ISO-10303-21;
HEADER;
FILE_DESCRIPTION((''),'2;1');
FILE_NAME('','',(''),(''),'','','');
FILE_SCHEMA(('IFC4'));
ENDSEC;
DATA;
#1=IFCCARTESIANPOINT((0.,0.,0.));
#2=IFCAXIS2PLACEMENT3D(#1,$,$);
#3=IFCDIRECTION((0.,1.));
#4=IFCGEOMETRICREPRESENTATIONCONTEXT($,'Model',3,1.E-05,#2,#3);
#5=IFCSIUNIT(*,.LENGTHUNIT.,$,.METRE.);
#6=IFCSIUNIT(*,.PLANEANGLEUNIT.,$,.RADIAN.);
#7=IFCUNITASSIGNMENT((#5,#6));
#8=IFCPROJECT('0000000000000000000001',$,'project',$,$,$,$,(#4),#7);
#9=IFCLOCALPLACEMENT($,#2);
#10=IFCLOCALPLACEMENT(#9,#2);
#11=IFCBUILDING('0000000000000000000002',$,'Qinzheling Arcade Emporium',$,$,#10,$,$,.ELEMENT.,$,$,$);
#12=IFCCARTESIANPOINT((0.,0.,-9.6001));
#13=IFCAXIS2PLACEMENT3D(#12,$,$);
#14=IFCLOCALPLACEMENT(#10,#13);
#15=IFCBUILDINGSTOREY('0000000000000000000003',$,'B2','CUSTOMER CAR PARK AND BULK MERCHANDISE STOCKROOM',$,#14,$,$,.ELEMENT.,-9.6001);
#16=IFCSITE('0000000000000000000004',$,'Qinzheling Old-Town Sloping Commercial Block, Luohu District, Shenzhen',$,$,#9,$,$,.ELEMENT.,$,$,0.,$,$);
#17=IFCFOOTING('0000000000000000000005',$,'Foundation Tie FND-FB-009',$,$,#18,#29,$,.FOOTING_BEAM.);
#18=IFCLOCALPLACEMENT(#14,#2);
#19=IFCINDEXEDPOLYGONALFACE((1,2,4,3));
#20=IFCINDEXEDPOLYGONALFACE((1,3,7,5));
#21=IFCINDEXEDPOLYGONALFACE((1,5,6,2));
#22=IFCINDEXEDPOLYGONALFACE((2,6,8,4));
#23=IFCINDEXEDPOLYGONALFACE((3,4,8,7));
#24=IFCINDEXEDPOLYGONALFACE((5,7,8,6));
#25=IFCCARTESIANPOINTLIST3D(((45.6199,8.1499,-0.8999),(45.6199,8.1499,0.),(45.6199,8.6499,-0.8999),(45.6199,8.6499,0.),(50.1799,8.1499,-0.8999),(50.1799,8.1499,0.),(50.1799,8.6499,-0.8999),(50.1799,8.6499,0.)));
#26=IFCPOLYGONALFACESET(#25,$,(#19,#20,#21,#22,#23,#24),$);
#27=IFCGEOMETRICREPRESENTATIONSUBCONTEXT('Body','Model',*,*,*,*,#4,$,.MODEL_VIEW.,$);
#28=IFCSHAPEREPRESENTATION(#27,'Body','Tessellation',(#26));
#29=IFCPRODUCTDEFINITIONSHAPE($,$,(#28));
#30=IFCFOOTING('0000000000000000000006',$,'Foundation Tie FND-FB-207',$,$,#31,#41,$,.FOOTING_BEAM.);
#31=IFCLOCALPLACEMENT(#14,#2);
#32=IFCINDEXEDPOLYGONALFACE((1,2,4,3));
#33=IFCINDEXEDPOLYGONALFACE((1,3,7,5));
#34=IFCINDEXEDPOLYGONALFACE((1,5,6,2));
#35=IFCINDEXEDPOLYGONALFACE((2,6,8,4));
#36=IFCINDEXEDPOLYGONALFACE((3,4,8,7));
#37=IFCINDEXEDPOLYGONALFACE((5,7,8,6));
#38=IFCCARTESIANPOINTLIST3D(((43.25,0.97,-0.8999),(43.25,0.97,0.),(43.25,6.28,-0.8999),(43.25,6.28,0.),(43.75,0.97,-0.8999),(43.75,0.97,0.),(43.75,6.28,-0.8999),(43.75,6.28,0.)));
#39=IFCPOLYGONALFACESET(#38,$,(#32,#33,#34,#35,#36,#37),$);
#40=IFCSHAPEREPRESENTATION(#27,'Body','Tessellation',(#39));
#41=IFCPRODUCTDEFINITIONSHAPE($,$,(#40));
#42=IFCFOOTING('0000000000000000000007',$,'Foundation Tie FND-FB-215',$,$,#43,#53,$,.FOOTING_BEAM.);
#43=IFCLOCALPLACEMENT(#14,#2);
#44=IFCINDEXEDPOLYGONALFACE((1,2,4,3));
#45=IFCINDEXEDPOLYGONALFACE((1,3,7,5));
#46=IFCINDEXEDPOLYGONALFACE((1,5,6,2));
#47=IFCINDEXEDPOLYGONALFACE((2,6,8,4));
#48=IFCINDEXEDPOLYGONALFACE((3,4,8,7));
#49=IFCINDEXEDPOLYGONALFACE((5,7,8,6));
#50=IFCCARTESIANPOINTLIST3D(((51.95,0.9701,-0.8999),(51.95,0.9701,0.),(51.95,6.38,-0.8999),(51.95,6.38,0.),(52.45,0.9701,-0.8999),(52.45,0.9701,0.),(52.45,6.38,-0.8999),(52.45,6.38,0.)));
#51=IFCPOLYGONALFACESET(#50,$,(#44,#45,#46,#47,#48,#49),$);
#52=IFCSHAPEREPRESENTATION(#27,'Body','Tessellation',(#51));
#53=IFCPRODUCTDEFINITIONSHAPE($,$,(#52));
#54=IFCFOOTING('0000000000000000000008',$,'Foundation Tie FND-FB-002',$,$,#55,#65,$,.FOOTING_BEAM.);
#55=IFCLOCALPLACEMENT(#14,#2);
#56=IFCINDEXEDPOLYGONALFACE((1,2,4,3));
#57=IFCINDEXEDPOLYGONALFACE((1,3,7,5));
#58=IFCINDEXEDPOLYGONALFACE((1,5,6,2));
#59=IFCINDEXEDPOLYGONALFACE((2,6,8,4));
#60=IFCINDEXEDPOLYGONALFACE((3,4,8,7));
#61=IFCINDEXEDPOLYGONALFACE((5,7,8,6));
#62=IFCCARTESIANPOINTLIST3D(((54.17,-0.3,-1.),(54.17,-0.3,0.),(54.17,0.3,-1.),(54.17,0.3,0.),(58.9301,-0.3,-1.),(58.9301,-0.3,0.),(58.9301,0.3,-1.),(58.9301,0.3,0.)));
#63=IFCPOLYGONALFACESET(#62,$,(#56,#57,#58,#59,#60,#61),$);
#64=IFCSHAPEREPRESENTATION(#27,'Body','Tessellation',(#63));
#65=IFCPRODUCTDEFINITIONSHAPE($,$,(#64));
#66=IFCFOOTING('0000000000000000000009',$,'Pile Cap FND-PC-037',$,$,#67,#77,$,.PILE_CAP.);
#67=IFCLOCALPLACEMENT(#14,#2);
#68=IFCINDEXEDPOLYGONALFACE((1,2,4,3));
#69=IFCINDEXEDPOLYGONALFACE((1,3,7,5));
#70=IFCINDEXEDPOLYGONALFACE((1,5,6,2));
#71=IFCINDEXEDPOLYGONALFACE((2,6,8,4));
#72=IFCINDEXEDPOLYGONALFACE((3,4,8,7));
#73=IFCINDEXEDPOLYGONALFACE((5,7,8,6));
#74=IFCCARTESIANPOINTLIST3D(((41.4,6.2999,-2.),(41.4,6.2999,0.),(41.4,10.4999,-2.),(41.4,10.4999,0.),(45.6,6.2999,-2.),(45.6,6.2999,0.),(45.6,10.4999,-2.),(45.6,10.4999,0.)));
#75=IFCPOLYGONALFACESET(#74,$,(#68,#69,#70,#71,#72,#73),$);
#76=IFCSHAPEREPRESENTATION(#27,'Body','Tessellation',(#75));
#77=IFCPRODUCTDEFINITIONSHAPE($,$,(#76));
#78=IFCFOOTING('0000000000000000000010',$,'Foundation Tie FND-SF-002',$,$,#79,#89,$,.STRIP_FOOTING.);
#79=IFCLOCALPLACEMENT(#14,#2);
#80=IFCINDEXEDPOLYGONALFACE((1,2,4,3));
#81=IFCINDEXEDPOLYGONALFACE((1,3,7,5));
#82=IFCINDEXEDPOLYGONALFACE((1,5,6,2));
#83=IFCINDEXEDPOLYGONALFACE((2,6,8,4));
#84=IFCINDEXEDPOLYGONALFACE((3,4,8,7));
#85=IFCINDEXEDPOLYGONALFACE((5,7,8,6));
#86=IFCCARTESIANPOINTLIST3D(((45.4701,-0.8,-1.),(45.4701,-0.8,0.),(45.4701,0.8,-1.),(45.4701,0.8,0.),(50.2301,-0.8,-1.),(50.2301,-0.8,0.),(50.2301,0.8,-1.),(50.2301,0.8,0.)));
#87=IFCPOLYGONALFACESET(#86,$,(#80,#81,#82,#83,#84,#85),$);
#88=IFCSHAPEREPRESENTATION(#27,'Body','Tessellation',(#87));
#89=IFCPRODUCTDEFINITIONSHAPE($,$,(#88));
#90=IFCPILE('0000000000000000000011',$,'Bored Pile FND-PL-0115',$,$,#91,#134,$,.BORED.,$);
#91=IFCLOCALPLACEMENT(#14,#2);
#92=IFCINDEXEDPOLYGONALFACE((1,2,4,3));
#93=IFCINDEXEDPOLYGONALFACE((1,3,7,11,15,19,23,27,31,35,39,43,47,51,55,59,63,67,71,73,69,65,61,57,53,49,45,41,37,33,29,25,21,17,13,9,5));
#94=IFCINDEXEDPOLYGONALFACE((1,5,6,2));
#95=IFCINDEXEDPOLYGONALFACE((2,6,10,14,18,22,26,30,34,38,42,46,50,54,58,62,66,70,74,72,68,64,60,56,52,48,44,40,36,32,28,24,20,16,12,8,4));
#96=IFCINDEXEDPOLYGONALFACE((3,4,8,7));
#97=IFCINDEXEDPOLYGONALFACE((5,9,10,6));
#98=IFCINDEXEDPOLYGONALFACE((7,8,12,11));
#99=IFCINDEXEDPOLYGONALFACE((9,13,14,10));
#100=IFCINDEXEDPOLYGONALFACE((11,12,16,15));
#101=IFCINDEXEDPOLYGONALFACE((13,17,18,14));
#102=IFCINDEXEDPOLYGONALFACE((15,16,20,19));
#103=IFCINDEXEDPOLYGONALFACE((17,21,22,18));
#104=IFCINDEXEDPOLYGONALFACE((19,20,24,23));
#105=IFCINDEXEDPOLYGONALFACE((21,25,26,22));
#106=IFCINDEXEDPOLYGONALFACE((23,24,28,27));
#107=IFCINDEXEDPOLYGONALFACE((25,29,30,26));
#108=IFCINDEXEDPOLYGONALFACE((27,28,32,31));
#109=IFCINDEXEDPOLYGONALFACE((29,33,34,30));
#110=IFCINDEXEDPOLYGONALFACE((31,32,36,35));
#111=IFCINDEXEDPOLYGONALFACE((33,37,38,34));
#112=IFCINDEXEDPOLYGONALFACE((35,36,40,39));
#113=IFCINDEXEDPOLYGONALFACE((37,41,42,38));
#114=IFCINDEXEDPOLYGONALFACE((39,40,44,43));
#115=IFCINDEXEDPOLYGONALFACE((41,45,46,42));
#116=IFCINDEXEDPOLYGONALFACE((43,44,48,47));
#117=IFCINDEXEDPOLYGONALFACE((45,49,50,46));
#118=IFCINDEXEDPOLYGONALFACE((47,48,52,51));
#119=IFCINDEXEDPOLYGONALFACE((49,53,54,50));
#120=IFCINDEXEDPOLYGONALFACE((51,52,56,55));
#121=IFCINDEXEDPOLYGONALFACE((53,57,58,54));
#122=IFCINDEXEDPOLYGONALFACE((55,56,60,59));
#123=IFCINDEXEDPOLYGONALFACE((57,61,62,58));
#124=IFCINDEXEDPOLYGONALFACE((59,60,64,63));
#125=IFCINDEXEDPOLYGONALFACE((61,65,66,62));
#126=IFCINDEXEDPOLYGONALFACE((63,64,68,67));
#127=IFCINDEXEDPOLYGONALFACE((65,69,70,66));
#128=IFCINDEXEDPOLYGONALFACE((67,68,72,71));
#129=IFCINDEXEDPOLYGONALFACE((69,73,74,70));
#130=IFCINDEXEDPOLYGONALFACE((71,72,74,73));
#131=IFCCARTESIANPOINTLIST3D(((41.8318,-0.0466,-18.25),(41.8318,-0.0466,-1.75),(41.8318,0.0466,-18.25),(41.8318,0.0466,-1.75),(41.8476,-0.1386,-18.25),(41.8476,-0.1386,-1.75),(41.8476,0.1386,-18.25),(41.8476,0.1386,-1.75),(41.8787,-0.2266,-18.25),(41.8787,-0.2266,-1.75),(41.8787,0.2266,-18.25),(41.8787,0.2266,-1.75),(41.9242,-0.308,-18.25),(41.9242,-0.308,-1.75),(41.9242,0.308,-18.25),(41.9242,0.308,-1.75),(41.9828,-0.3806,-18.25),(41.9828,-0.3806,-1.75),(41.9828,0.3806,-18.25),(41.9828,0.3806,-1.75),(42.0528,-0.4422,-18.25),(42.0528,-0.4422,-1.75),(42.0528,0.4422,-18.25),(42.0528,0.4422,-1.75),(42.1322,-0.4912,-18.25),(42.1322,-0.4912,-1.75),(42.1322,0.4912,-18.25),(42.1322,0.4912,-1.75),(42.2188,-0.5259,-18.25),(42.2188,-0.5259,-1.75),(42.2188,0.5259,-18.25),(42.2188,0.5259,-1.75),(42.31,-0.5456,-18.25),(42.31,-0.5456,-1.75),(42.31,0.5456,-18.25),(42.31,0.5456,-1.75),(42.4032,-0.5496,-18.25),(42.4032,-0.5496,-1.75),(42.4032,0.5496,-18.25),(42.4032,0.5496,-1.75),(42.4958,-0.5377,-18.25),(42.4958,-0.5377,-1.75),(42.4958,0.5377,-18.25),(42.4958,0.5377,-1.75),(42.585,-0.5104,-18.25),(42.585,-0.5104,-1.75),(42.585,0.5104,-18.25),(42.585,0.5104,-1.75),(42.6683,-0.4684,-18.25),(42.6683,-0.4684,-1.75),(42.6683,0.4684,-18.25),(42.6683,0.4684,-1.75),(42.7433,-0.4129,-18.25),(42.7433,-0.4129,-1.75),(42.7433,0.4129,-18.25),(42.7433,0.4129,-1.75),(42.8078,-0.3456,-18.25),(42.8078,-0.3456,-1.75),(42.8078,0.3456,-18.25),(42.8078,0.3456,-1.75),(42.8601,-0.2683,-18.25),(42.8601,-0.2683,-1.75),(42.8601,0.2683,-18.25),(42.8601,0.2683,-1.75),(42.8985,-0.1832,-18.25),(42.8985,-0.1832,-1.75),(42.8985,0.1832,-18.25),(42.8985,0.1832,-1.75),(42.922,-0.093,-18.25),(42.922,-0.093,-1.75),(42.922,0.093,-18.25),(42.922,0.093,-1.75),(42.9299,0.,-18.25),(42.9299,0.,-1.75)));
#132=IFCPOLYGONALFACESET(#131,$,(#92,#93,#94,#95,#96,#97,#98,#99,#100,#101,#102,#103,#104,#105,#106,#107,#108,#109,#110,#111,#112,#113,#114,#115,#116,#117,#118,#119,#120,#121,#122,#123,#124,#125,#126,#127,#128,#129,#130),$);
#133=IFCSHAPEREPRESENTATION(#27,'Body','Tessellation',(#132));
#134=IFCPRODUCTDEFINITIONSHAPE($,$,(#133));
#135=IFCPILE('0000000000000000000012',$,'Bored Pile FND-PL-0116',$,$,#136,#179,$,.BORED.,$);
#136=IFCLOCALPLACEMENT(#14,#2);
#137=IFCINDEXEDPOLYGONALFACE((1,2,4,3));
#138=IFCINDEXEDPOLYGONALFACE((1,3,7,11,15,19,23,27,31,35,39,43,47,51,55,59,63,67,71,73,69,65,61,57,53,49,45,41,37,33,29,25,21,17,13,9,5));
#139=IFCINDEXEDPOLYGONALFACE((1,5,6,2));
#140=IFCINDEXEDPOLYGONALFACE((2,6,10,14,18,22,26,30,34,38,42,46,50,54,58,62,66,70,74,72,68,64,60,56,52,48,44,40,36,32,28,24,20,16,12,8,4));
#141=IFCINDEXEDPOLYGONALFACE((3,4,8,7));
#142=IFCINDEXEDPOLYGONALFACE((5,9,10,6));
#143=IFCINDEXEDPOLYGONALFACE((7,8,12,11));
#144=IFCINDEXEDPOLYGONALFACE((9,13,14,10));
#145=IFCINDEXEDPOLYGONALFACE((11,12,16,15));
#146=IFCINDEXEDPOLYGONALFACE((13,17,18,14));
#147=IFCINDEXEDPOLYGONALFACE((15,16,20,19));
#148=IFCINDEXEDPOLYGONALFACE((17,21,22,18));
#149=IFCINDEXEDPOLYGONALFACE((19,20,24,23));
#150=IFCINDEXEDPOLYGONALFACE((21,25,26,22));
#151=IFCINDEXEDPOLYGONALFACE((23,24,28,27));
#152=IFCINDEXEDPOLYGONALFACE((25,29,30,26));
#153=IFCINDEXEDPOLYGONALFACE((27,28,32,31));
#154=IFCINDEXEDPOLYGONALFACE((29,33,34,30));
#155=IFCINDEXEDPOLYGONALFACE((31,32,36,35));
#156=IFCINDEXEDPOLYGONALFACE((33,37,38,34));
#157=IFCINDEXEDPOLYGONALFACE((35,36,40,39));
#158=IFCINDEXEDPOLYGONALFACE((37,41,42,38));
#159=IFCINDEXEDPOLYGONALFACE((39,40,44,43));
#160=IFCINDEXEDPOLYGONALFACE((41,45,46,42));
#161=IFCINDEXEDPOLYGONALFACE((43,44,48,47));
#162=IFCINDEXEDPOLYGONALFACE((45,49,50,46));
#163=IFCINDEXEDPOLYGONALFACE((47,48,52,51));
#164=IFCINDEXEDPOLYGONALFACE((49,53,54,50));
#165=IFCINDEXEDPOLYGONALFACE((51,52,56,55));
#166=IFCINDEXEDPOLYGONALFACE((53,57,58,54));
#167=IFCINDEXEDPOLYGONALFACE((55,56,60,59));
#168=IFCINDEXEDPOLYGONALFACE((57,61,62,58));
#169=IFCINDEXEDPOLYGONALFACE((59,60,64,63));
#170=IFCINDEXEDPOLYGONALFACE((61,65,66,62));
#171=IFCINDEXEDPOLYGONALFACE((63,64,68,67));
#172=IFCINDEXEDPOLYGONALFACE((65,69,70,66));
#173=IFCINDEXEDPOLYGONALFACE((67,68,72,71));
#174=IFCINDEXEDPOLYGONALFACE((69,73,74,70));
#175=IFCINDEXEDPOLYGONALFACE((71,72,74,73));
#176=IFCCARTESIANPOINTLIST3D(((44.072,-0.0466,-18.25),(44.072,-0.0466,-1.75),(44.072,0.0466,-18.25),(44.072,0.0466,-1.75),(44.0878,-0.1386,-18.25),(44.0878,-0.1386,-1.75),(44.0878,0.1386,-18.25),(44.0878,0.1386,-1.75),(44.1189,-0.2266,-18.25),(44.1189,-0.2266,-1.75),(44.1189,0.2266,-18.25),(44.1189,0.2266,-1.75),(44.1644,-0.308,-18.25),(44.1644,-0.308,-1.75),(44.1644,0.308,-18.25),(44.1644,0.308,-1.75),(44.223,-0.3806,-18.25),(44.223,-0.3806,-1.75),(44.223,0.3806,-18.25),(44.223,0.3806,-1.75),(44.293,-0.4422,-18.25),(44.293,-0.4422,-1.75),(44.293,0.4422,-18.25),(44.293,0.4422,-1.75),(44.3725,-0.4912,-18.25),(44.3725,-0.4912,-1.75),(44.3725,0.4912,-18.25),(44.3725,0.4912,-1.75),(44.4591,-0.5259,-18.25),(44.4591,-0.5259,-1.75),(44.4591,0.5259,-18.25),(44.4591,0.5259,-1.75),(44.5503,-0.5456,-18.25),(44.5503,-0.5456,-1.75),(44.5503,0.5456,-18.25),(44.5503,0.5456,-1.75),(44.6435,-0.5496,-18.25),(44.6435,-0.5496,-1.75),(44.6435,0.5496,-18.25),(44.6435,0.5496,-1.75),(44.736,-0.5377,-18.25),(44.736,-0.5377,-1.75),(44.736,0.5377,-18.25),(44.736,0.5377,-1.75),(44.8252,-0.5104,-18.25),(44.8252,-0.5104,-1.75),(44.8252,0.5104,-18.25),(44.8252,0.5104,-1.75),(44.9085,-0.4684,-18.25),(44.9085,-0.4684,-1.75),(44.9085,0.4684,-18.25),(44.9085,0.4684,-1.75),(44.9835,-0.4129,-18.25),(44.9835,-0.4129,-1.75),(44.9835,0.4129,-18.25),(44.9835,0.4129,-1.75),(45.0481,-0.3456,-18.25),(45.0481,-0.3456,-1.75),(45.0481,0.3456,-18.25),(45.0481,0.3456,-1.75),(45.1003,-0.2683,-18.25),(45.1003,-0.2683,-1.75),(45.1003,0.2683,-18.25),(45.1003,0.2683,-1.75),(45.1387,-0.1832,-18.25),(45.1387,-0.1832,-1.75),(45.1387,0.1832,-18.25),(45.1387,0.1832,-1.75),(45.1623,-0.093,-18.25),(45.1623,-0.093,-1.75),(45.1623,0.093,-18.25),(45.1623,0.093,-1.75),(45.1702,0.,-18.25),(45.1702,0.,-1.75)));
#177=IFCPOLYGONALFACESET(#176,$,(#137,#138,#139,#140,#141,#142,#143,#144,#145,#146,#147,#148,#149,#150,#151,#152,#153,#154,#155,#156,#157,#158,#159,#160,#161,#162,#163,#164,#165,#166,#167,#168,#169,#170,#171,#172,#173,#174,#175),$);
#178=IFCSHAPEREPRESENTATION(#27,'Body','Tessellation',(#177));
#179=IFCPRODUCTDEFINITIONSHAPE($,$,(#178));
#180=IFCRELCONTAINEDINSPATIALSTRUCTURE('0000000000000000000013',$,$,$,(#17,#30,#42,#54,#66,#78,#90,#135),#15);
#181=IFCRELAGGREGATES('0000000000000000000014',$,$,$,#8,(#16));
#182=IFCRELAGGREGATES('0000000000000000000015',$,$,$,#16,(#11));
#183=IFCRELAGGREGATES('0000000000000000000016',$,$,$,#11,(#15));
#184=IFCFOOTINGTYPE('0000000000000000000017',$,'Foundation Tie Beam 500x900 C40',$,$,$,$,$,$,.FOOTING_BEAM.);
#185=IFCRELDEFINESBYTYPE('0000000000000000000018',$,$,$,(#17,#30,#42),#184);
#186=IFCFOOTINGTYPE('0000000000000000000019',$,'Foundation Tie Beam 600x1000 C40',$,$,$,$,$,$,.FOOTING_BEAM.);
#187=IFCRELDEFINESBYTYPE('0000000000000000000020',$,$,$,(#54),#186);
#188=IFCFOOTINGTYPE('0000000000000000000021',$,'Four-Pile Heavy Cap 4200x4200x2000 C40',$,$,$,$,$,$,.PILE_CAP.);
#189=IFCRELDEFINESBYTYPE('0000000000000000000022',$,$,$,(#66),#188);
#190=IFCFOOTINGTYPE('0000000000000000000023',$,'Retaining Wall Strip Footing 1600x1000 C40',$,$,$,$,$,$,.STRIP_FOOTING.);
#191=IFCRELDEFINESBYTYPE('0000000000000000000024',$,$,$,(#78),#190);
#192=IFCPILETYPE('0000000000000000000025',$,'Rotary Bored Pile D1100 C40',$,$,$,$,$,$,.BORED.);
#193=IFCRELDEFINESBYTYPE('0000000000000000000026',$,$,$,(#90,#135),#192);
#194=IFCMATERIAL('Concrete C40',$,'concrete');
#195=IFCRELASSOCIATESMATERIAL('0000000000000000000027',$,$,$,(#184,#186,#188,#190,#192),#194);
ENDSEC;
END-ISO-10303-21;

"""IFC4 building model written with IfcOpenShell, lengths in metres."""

from ifc_helpers import new_model, si_unit, direction, frame, origin, origin_2d, place, context, subcontext, project, spatial, rectangle, circle, extrude, material, material_profile, profile_set, type_object, element, save


model = new_model("IFC4")

# Units and contexts
model_context = context("Model", 3, precision=1e-05, world=origin(), true_north=direction((0.0, 1.0)))
body_context = subcontext(model_context, "Body", "Model", "MODEL_VIEW")
ifc_project = project(units=[si_unit("LENGTHUNIT", "METRE"), si_unit("PLANEANGLEUNIT", "RADIAN")], contexts=[model_context])

# Site, building, storey
site_placement = place(None, origin())
site = spatial("IfcSite", under=ifc_project, at=site_placement, Name="Qinzheling Old-Town Sloping Commercial Block, Luohu District, Shenzhen", CompositionType="ELEMENT", RefElevation=0.0)
building_placement = place(site_placement, origin())
building = spatial("IfcBuilding", under=site, at=building_placement, Name="Qinzheling Arcade Emporium", CompositionType="ELEMENT")
storey_placement = place(building_placement, frame((0.0, 0.0, -9.6001)))
storey = spatial("IfcBuildingStorey", under=building, at=storey_placement, Name="B2", Description="CUSTOMER CAR PARK AND BULK MERCHANDISE STOCKROOM", CompositionType="ELEMENT", Elevation=-9.6001)

# Footings
ifc_material_1 = material(Name="Concrete C40", Category="concrete")
footing_type_1 = type_object("IfcFootingType", Name="Foundation Tie Beam 500x900 C40", PredefinedType="FOOTING_BEAM", material=ifc_material_1)
footing_1_placement = place(storey_placement, frame((47.8999, 8.3999, -0.8999), z_axis=(0.0, 0.0, 1.0), x_axis=(1.0, 0.0, 0.0)))
element("IfcFooting", 1, at=footing_1_placement, inside=storey, type_object=footing_type_1, Name="Foundation Tie FND-FB-009", PredefinedType="FOOTING_BEAM", context=body_context, shape_type="SweptSolid", body=[
    extrude(rectangle(XDim=4.5601, YDim=0.5, at=origin_2d()), origin(), (0.0, 0.0, 1.0), 0.8999),
])
footing_2_placement = place(storey_placement, frame((43.5, 3.625, -0.8999), z_axis=(0.0, 0.0, 1.0), x_axis=(1.0, 0.0, 0.0)))
element("IfcFooting", 2, at=footing_2_placement, inside=storey, type_object=footing_type_1, Name="Foundation Tie FND-FB-207", PredefinedType="FOOTING_BEAM", context=body_context, shape_type="SweptSolid", body=[
    extrude(rectangle(XDim=0.5, YDim=5.3101, at=origin_2d()), origin(), (0.0, 0.0, 1.0), 0.8999),
])
footing_3_placement = place(storey_placement, frame((52.2, 3.675, -0.8999), z_axis=(0.0, 0.0, 1.0), x_axis=(1.0, 0.0, 0.0)))
element("IfcFooting", 3, at=footing_3_placement, inside=storey, type_object=footing_type_1, Name="Foundation Tie FND-FB-215", PredefinedType="FOOTING_BEAM", context=body_context, shape_type="SweptSolid", body=[
    extrude(rectangle(XDim=0.5, YDim=5.4099, at=origin_2d()), origin(), (0.0, 0.0, 1.0), 0.8999),
])
footing_type_2 = type_object("IfcFootingType", Name="Foundation Tie Beam 600x1000 C40", PredefinedType="FOOTING_BEAM", material=ifc_material_1)
footing_4_placement = place(storey_placement, frame((56.55, 0.0, -1.0), z_axis=(0.0, 0.0, 1.0), x_axis=(1.0, 0.0, 0.0)))
element("IfcFooting", 4, at=footing_4_placement, inside=storey, type_object=footing_type_2, Name="Foundation Tie FND-FB-002", PredefinedType="FOOTING_BEAM", context=body_context, shape_type="SweptSolid", body=[
    extrude(rectangle(XDim=4.76, YDim=0.6001, at=origin_2d()), origin(), (0.0, 0.0, 1.0), 1.0),
])
footing_type_3 = type_object("IfcFootingType", Name="Four-Pile Heavy Cap 4200x4200x2000 C40", PredefinedType="PILE_CAP", material=ifc_material_1)
footing_5_placement = place(storey_placement, frame((43.5, 8.3999, -2.0), z_axis=(0.0, 0.0, 1.0), x_axis=(1.0, 0.0, 0.0)))
element("IfcFooting", 5, at=footing_5_placement, inside=storey, type_object=footing_type_3, Name="Pile Cap FND-PC-037", PredefinedType="PILE_CAP", context=body_context, shape_type="SweptSolid", body=[
    extrude(rectangle(XDim=4.2, YDim=4.2, at=origin_2d()), origin(), (0.0, 0.0, 1.0), 2.0),
])
footing_type_4 = type_object("IfcFootingType", Name="Retaining Wall Strip Footing 1600x1000 C40", PredefinedType="STRIP_FOOTING", material=ifc_material_1)
footing_6_placement = place(storey_placement, frame((47.8501, 0.0, -1.0), z_axis=(0.0, 0.0, 1.0), x_axis=(1.0, 0.0, 0.0)))
element("IfcFooting", 6, at=footing_6_placement, inside=storey, type_object=footing_type_4, Name="Foundation Tie FND-SF-002", PredefinedType="STRIP_FOOTING", context=body_context, shape_type="SweptSolid", body=[
    extrude(rectangle(XDim=4.76, YDim=1.6001, at=origin_2d()), origin(), (0.0, 0.0, 1.0), 1.0),
])

# Piles
ifc_material_profile_1 = material_profile(ifc_material_1, circle(Radius=0.55, at=origin_2d()), Name="BORED D1100", Category="concrete")
ifc_profile_set_1 = profile_set([ifc_material_profile_1], Name="Concrete C40")
pile_type = type_object("IfcPileType", Name="Rotary Bored Pile D1100 C40", PredefinedType="BORED", material=ifc_profile_set_1)
for number, where, z_axis, x_axis, name in (
    (7, (42.3799, 0.0, -1.75), (0.0, 0.0, -1.0), (1.0, 0.0, 0.0), "Bored Pile FND-PL-0115"),
    (8, (44.6201, 0.0, -1.75), (0.0, 0.0, -1.0), (1.0, 0.0, 0.0), "Bored Pile FND-PL-0116"),
):
    element("IfcPile", number, at=place(storey_placement, frame(where, z_axis=z_axis, x_axis=x_axis)), inside=storey, type_object=pile_type, Name=name, PredefinedType="BORED", context=body_context, shape_type="SweptSolid", body=[
        extrude(circle(Radius=0.55, at=origin_2d()), origin(), (0.0, 0.0, 1.0), 16.5),
    ])

save(model, "model.ifc")
